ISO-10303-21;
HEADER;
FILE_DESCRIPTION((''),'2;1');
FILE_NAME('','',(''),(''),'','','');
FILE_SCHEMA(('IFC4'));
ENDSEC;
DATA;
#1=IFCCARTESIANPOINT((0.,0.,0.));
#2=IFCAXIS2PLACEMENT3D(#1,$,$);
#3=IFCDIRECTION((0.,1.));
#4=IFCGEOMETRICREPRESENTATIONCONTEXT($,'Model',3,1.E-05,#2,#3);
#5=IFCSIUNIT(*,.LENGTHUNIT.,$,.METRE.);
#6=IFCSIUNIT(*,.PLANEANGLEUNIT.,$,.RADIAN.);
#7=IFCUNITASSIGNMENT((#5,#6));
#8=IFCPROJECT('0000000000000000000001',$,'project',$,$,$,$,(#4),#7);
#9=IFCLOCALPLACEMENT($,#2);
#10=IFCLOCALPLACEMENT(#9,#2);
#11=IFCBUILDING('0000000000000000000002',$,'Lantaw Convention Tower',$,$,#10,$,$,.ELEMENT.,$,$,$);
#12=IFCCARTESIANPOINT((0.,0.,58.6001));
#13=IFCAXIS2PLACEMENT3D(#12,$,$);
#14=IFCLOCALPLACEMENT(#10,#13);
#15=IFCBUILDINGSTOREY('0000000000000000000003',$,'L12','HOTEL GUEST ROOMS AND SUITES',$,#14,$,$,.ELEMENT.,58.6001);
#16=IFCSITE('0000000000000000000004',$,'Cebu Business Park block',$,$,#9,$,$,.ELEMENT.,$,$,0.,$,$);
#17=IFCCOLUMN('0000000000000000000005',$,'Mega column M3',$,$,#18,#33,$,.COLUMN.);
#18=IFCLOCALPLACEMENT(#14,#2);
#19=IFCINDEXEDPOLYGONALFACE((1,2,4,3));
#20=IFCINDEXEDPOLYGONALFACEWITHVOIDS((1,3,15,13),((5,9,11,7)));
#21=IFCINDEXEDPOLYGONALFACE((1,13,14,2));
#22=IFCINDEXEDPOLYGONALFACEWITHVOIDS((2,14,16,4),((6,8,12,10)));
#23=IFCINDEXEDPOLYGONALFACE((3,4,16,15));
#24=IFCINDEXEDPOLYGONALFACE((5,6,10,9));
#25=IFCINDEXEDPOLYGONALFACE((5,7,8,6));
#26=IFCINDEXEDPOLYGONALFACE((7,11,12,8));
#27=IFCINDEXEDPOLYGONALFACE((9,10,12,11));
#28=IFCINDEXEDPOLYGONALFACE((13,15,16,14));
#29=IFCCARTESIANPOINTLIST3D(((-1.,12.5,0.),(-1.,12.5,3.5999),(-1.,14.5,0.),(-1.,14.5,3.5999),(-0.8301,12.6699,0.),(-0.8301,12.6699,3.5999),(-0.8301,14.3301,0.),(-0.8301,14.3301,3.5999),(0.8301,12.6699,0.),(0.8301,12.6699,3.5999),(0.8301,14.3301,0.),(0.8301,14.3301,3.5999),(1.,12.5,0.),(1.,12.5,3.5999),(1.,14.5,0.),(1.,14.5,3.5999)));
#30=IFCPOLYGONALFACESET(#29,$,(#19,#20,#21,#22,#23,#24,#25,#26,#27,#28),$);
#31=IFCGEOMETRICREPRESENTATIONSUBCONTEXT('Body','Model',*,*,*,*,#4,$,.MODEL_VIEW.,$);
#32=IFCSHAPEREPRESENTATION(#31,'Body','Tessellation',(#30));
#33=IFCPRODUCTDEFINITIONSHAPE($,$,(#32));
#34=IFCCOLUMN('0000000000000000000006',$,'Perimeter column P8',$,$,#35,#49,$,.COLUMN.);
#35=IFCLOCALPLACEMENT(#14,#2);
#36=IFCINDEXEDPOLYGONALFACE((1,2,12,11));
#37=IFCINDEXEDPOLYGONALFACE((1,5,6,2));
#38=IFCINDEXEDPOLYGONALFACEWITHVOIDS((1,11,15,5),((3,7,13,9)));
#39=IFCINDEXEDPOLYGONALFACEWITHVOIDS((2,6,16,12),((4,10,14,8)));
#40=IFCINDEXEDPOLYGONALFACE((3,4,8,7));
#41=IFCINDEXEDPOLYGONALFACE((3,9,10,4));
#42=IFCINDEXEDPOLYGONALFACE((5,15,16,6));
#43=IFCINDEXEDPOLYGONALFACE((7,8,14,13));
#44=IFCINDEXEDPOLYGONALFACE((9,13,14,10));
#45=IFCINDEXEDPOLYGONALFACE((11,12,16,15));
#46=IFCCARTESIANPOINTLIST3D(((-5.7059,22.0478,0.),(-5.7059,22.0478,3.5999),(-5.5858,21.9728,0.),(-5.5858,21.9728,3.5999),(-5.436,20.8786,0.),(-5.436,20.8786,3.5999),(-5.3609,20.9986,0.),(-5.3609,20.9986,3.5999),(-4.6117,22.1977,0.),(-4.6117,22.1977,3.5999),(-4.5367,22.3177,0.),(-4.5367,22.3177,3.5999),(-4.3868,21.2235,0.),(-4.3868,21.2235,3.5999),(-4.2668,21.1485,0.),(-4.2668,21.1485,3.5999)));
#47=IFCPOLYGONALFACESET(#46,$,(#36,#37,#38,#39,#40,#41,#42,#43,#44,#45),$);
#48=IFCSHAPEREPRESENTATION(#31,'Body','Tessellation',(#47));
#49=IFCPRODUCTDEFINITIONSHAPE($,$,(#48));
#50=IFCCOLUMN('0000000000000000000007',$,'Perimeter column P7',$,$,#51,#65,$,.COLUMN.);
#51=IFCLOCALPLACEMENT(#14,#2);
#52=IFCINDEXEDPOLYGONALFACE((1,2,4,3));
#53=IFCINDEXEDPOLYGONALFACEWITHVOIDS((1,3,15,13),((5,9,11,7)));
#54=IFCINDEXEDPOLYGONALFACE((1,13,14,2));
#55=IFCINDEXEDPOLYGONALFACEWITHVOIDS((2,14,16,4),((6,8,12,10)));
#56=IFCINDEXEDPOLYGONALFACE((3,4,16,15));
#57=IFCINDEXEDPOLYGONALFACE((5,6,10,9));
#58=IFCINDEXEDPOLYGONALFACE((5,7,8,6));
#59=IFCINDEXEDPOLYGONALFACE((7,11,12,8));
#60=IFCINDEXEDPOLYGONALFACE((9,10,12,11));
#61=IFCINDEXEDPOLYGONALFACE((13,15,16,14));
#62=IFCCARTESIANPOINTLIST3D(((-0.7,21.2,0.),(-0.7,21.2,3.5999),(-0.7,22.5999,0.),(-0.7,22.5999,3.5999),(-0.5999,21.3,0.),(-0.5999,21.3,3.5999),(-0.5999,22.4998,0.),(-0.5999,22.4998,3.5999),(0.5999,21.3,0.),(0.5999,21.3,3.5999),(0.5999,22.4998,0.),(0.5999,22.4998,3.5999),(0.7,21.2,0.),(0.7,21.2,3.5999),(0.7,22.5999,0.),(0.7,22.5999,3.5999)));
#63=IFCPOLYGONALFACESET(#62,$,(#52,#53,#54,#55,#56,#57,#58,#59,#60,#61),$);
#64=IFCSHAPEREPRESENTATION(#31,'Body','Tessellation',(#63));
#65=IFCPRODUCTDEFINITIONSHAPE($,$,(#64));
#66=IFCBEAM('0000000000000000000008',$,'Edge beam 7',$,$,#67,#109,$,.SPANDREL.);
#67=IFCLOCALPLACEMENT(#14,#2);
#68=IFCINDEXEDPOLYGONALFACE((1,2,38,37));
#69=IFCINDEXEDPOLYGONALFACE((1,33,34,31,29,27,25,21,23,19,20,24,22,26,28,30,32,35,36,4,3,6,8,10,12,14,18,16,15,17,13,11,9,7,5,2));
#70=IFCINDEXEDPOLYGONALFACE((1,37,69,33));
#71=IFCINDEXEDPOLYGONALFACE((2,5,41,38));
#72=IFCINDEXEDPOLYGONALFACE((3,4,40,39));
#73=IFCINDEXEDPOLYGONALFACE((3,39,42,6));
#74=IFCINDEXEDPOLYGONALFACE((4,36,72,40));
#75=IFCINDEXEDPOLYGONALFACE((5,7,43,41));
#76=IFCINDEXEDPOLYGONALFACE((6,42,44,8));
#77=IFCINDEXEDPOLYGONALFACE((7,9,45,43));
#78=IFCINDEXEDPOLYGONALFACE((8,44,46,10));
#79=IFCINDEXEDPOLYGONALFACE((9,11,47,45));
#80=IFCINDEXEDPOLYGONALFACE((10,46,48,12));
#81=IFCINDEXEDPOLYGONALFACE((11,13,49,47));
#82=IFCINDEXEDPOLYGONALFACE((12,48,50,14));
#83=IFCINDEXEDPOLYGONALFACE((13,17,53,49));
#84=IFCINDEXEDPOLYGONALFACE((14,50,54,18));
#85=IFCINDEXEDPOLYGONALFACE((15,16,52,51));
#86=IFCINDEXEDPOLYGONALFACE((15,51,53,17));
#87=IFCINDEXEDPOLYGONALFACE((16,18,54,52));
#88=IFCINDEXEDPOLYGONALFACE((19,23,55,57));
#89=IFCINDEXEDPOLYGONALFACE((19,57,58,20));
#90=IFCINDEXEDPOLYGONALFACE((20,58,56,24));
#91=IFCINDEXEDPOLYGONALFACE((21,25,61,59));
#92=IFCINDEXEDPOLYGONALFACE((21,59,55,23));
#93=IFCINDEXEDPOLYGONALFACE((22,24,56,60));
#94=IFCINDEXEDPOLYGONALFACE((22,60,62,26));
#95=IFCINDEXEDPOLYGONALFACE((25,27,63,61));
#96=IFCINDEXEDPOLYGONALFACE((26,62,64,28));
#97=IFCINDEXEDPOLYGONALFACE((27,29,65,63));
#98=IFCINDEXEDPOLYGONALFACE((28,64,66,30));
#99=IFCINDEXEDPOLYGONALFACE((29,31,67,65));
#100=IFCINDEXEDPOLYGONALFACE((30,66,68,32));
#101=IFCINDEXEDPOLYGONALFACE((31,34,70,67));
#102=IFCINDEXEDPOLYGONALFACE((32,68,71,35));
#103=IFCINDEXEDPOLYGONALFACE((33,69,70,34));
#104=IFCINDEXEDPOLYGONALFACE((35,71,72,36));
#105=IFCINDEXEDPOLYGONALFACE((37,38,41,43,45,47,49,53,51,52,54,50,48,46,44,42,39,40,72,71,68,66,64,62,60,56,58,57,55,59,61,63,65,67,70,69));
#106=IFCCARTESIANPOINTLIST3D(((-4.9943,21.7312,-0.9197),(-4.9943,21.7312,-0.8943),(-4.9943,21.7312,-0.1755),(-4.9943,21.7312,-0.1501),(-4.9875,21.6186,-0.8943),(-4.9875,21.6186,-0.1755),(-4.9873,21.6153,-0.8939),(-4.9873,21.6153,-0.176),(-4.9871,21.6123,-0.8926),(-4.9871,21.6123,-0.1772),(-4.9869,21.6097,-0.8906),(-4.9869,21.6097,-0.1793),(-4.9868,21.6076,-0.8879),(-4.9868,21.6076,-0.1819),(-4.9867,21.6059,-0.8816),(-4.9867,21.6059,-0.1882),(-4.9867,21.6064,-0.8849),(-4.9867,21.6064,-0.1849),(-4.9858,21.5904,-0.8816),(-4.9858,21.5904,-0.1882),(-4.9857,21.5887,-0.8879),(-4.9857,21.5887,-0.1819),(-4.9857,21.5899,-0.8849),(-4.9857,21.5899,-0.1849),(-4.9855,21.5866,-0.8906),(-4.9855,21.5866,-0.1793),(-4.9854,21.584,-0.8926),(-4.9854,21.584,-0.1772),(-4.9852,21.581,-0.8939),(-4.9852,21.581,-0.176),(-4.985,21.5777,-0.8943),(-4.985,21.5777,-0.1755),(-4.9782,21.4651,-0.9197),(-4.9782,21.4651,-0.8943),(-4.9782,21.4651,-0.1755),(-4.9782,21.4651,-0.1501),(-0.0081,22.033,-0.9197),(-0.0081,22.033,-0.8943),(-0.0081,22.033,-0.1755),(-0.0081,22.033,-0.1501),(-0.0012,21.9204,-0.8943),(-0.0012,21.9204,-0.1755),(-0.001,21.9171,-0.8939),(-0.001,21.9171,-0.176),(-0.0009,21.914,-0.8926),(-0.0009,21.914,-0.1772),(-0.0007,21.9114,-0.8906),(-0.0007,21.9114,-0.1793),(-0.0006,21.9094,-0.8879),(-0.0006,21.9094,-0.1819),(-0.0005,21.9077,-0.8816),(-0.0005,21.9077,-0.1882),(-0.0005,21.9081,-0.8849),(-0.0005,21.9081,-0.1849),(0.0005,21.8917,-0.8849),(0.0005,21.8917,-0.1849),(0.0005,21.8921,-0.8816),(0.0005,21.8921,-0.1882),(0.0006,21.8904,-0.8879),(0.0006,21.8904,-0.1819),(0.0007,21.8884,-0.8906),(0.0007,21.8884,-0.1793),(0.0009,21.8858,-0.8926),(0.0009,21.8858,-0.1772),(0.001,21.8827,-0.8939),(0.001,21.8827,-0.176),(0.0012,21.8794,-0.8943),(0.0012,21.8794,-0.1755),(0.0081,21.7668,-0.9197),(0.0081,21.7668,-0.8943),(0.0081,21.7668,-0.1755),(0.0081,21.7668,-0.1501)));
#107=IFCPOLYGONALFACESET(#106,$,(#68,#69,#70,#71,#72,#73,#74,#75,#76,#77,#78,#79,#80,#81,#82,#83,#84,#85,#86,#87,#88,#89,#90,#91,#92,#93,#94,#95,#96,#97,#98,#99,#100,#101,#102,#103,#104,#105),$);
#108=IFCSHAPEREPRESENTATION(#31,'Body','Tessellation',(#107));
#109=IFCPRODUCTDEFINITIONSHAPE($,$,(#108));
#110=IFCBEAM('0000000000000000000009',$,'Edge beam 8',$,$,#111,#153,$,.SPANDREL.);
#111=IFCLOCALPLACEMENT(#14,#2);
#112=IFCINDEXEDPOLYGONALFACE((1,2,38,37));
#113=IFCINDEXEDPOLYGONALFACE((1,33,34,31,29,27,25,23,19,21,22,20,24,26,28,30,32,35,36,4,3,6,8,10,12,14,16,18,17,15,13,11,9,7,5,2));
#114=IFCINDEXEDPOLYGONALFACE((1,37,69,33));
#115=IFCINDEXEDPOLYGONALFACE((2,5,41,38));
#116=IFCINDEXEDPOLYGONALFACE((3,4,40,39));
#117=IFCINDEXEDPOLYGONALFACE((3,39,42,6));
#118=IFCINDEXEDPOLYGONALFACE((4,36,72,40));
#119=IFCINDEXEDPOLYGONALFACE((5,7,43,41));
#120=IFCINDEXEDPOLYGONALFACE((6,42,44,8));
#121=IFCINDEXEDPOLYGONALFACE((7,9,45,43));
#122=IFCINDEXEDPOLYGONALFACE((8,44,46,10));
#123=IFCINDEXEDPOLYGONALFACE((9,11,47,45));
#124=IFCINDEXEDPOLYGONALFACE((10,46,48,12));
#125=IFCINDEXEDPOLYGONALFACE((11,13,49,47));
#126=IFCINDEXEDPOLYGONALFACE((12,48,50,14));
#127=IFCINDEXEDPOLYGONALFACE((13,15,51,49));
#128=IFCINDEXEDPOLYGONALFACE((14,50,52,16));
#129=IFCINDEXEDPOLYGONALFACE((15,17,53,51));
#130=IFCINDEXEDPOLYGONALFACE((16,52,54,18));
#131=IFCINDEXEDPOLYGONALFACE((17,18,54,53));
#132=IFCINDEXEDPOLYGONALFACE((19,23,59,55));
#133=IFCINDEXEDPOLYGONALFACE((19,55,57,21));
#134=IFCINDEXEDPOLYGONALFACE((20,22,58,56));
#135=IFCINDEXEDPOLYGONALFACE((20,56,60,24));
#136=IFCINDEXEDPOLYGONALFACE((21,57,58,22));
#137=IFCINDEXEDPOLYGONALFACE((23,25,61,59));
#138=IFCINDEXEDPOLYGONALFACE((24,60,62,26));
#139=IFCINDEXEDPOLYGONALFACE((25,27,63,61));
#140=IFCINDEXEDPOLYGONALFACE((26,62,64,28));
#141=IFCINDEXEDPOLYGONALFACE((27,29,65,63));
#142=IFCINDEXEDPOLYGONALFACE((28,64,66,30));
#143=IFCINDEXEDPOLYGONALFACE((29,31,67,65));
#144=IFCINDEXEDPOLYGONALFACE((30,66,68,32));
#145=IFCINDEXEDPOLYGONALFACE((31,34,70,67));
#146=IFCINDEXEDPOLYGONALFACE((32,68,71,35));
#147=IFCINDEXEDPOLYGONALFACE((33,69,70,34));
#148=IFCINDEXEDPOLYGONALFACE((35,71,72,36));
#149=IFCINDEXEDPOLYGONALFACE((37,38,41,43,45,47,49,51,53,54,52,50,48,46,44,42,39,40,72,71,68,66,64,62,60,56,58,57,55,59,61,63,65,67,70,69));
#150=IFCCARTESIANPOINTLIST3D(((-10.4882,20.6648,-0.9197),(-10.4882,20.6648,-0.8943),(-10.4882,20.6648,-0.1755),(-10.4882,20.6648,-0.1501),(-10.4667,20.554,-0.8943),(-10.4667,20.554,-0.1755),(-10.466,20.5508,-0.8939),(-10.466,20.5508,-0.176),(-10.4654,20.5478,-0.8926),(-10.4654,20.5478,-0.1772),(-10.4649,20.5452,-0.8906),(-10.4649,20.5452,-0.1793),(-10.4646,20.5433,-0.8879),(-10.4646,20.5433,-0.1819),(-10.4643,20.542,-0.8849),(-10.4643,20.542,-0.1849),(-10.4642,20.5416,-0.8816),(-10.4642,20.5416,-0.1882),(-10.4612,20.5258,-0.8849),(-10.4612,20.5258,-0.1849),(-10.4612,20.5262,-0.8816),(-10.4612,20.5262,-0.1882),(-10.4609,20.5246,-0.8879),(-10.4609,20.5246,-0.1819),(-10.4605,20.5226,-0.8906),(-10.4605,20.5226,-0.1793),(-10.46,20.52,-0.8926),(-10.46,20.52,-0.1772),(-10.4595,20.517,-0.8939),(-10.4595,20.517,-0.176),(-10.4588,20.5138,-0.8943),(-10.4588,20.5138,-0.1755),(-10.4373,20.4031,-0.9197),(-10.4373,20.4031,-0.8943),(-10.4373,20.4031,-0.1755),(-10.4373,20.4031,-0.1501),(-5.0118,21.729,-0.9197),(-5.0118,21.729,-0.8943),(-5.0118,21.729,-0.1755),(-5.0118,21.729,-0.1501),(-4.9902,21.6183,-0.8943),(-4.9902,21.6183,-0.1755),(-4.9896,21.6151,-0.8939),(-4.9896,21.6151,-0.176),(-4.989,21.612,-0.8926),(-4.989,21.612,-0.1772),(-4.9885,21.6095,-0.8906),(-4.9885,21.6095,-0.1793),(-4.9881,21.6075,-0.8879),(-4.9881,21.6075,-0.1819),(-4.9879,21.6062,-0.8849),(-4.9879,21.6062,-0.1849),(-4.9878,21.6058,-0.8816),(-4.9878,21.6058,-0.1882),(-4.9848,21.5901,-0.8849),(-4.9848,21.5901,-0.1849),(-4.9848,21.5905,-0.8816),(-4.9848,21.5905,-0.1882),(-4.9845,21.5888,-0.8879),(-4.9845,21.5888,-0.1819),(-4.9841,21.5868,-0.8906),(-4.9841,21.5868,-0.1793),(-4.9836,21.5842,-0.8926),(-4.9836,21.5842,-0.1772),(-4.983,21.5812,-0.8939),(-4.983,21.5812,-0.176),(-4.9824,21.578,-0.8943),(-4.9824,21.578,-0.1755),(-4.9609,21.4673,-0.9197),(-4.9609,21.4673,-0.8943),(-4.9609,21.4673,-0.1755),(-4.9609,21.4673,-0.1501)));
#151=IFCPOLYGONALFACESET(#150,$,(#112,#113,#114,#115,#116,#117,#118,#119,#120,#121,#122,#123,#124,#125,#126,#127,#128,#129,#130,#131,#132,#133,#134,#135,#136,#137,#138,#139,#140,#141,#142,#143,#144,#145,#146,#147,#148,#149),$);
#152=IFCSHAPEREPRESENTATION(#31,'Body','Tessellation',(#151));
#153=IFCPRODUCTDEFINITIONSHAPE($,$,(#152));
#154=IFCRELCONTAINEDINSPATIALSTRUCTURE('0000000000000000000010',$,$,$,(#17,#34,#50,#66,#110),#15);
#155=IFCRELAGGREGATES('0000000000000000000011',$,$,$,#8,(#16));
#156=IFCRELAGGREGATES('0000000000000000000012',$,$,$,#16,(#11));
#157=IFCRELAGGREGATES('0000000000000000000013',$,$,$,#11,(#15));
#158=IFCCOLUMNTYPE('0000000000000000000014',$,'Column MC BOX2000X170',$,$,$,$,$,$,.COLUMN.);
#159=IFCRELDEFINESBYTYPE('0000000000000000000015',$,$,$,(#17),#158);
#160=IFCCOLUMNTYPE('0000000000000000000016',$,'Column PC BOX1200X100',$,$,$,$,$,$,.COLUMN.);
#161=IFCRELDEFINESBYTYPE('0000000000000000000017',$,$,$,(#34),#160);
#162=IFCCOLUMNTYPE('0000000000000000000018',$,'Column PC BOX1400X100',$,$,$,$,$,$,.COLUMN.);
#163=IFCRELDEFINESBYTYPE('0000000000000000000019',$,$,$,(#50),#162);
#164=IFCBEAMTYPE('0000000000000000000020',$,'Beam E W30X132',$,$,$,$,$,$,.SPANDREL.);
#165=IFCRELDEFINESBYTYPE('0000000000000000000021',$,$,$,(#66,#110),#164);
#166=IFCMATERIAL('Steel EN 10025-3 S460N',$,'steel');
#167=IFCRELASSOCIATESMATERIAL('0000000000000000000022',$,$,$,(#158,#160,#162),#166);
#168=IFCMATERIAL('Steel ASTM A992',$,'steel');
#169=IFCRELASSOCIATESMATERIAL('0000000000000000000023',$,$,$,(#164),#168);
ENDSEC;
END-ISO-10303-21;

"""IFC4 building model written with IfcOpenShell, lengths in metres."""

from ifc_helpers import new_model, si_unit, direction, frame, origin, origin_2d, place, context, subcontext, project, spatial, rectangle, hollow_rectangle, i_section, extrude, material, material_profile, profile_set, type_object, element, save


model = new_model("IFC4")

# Units and contexts
model_context = context("Model", 3, precision=1e-05, world=origin(), true_north=direction((0.0, 1.0)))
body_context = subcontext(model_context, "Body", "Model", "MODEL_VIEW")
ifc_project = project(units=[si_unit("LENGTHUNIT", "METRE"), si_unit("PLANEANGLEUNIT", "RADIAN")], contexts=[model_context])

# Site, building, storey
site_placement = place(None, origin())
site = spatial("IfcSite", under=ifc_project, at=site_placement, Name="Cebu Business Park block", CompositionType="ELEMENT", RefElevation=0.0)
building_placement = place(site_placement, origin())
building = spatial("IfcBuilding", under=site, at=building_placement, Name="Lantaw Convention Tower", CompositionType="ELEMENT")
storey_placement = place(building_placement, frame((0.0, 0.0, 58.6001)))
storey = spatial("IfcBuildingStorey", under=building, at=storey_placement, Name="L12", Description="HOTEL GUEST ROOMS AND SUITES", CompositionType="ELEMENT", Elevation=58.6001)

# Columns
ifc_material_1 = material(Name="Steel EN 10025-3 S460N", Category="steel")
ifc_material_profile_1 = material_profile(ifc_material_1, hollow_rectangle(XDim=2.0, YDim=2.0, WallThickness=0.1699, at=origin_2d()), Name="BOX2000X170")
ifc_material_2 = material(Name="Concrete C60/75", Category="concrete")
ifc_material_profile_2 = material_profile(ifc_material_2, rectangle(XDim=1.6599, YDim=1.6599, at=origin_2d()), Name="Concrete fill of BOX2000X170")
ifc_profile_set_1 = profile_set([ifc_material_profile_1, ifc_material_profile_2], Name="Steel EN 10025-3 S460N")
column_type_1 = type_object("IfcColumnType", Name="Column MC BOX2000X170", PredefinedType="COLUMN", material=ifc_profile_set_1)
column_1_placement = place(storey_placement, frame((0.0, 13.5, 0.0), z_axis=(0.0, 0.0, 1.0), x_axis=(1.0, 0.0, 0.0)))
element("IfcColumn", 1, at=column_1_placement, inside=storey, type_object=column_type_1, Name="Mega column M3", PredefinedType="COLUMN", context=body_context, shape_type="SweptSolid", body=[
    extrude(hollow_rectangle(XDim=2.0, YDim=2.0, WallThickness=0.1699, at=origin_2d()), origin(), (0.0, 0.0, 1.0), 3.5999),
])
ifc_material_profile_3 = material_profile(ifc_material_1, hollow_rectangle(XDim=1.2, YDim=1.2, WallThickness=0.1001, at=origin_2d()), Name="BOX1200X100")
ifc_material_profile_4 = material_profile(ifc_material_2, rectangle(XDim=1.0, YDim=1.0, at=origin_2d()), Name="Concrete fill of BOX1200X100")
ifc_profile_set_2 = profile_set([ifc_material_profile_3, ifc_material_profile_4], Name="Steel EN 10025-3 S460N")
column_type_2 = type_object("IfcColumnType", Name="Column PC BOX1200X100", PredefinedType="COLUMN", material=ifc_profile_set_2)
column_2_placement = place(storey_placement, frame((-4.9863, 21.5981, 0.0), z_axis=(0.0, 0.0, 1.0), x_axis=(0.97437, 0.224951, 0.0)))
element("IfcColumn", 2, at=column_2_placement, inside=storey, type_object=column_type_2, Name="Perimeter column P8", PredefinedType="COLUMN", context=body_context, shape_type="SweptSolid", body=[
    extrude(hollow_rectangle(XDim=1.2, YDim=1.2, WallThickness=0.1001, at=origin_2d()), origin(), (0.0, 0.0, 1.0), 3.5999),
])
ifc_material_profile_5 = material_profile(ifc_material_1, hollow_rectangle(XDim=1.3999, YDim=1.3999, WallThickness=0.1001, at=origin_2d()), Name="BOX1400X100")
ifc_material_profile_6 = material_profile(ifc_material_2, rectangle(XDim=1.2, YDim=1.2, at=origin_2d()), Name="Concrete fill of BOX1400X100")
ifc_profile_set_3 = profile_set([ifc_material_profile_5, ifc_material_profile_6], Name="Steel EN 10025-3 S460N")
column_type_3 = type_object("IfcColumnType", Name="Column PC BOX1400X100", PredefinedType="COLUMN", material=ifc_profile_set_3)
column_3_placement = place(storey_placement, frame((0.0, 21.8999, 0.0), z_axis=(0.0, 0.0, 1.0), x_axis=(1.0, 0.0, 0.0)))
element("IfcColumn", 3, at=column_3_placement, inside=storey, type_object=column_type_3, Name="Perimeter column P7", PredefinedType="COLUMN", context=body_context, shape_type="SweptSolid", body=[
    extrude(hollow_rectangle(XDim=1.3999, YDim=1.3999, WallThickness=0.1001, at=origin_2d()), origin(), (0.0, 0.0, 1.0), 3.5999),
])

# Beams
ifc_material_3 = material(Name="Steel ASTM A992", Category="steel")
ifc_material_profile_7 = material_profile(ifc_material_3, i_section(OverallWidth=0.2666, OverallDepth=0.7695, WebThickness=0.0156, FlangeThickness=0.0254, FilletRadius=0.0127, at=origin_2d()), Name="W30X132")
ifc_profile_set_4 = profile_set([ifc_material_profile_7], Name="Steel ASTM A992")
beam_type_1 = type_object("IfcBeamType", Name="Beam E W30X132", PredefinedType="SPANDREL", material=ifc_profile_set_4)
beam_1_placement = place(storey_placement, frame((0.0, 21.8999, -0.5349), z_axis=(-0.998174, -0.060407, 0.0), x_axis=(0.060407, -0.998174, 0.0)))
element("IfcBeam", 4, at=beam_1_placement, inside=storey, type_object=beam_type_1, Name="Edge beam 7", PredefinedType="SPANDREL", context=body_context, shape_type="SweptSolid", body=[
    extrude(i_section(OverallWidth=0.2666, OverallDepth=0.7695, WebThickness=0.0156, FlangeThickness=0.0254, FilletRadius=0.0127, at=origin_2d()), origin(), (0.0, 0.0, 1.0), 4.9954),
])
beam_2_placement = place(storey_placement, frame((-4.9863, 21.5981, -0.5349), z_axis=(-0.981637, -0.190761, 0.0), x_axis=(0.190761, -0.981637, 0.0)))
element("IfcBeam", 5, at=beam_2_placement, inside=storey, type_object=beam_type_1, Name="Edge beam 8", PredefinedType="SPANDREL", context=body_context, shape_type="SweptSolid", body=[
    extrude(i_section(OverallWidth=0.2666, OverallDepth=0.7695, WebThickness=0.0156, FlangeThickness=0.0254, FilletRadius=0.0127, at=origin_2d()), origin(), (0.0, 0.0, 1.0), 5.5789),
])

save(model, "model.ifc")
